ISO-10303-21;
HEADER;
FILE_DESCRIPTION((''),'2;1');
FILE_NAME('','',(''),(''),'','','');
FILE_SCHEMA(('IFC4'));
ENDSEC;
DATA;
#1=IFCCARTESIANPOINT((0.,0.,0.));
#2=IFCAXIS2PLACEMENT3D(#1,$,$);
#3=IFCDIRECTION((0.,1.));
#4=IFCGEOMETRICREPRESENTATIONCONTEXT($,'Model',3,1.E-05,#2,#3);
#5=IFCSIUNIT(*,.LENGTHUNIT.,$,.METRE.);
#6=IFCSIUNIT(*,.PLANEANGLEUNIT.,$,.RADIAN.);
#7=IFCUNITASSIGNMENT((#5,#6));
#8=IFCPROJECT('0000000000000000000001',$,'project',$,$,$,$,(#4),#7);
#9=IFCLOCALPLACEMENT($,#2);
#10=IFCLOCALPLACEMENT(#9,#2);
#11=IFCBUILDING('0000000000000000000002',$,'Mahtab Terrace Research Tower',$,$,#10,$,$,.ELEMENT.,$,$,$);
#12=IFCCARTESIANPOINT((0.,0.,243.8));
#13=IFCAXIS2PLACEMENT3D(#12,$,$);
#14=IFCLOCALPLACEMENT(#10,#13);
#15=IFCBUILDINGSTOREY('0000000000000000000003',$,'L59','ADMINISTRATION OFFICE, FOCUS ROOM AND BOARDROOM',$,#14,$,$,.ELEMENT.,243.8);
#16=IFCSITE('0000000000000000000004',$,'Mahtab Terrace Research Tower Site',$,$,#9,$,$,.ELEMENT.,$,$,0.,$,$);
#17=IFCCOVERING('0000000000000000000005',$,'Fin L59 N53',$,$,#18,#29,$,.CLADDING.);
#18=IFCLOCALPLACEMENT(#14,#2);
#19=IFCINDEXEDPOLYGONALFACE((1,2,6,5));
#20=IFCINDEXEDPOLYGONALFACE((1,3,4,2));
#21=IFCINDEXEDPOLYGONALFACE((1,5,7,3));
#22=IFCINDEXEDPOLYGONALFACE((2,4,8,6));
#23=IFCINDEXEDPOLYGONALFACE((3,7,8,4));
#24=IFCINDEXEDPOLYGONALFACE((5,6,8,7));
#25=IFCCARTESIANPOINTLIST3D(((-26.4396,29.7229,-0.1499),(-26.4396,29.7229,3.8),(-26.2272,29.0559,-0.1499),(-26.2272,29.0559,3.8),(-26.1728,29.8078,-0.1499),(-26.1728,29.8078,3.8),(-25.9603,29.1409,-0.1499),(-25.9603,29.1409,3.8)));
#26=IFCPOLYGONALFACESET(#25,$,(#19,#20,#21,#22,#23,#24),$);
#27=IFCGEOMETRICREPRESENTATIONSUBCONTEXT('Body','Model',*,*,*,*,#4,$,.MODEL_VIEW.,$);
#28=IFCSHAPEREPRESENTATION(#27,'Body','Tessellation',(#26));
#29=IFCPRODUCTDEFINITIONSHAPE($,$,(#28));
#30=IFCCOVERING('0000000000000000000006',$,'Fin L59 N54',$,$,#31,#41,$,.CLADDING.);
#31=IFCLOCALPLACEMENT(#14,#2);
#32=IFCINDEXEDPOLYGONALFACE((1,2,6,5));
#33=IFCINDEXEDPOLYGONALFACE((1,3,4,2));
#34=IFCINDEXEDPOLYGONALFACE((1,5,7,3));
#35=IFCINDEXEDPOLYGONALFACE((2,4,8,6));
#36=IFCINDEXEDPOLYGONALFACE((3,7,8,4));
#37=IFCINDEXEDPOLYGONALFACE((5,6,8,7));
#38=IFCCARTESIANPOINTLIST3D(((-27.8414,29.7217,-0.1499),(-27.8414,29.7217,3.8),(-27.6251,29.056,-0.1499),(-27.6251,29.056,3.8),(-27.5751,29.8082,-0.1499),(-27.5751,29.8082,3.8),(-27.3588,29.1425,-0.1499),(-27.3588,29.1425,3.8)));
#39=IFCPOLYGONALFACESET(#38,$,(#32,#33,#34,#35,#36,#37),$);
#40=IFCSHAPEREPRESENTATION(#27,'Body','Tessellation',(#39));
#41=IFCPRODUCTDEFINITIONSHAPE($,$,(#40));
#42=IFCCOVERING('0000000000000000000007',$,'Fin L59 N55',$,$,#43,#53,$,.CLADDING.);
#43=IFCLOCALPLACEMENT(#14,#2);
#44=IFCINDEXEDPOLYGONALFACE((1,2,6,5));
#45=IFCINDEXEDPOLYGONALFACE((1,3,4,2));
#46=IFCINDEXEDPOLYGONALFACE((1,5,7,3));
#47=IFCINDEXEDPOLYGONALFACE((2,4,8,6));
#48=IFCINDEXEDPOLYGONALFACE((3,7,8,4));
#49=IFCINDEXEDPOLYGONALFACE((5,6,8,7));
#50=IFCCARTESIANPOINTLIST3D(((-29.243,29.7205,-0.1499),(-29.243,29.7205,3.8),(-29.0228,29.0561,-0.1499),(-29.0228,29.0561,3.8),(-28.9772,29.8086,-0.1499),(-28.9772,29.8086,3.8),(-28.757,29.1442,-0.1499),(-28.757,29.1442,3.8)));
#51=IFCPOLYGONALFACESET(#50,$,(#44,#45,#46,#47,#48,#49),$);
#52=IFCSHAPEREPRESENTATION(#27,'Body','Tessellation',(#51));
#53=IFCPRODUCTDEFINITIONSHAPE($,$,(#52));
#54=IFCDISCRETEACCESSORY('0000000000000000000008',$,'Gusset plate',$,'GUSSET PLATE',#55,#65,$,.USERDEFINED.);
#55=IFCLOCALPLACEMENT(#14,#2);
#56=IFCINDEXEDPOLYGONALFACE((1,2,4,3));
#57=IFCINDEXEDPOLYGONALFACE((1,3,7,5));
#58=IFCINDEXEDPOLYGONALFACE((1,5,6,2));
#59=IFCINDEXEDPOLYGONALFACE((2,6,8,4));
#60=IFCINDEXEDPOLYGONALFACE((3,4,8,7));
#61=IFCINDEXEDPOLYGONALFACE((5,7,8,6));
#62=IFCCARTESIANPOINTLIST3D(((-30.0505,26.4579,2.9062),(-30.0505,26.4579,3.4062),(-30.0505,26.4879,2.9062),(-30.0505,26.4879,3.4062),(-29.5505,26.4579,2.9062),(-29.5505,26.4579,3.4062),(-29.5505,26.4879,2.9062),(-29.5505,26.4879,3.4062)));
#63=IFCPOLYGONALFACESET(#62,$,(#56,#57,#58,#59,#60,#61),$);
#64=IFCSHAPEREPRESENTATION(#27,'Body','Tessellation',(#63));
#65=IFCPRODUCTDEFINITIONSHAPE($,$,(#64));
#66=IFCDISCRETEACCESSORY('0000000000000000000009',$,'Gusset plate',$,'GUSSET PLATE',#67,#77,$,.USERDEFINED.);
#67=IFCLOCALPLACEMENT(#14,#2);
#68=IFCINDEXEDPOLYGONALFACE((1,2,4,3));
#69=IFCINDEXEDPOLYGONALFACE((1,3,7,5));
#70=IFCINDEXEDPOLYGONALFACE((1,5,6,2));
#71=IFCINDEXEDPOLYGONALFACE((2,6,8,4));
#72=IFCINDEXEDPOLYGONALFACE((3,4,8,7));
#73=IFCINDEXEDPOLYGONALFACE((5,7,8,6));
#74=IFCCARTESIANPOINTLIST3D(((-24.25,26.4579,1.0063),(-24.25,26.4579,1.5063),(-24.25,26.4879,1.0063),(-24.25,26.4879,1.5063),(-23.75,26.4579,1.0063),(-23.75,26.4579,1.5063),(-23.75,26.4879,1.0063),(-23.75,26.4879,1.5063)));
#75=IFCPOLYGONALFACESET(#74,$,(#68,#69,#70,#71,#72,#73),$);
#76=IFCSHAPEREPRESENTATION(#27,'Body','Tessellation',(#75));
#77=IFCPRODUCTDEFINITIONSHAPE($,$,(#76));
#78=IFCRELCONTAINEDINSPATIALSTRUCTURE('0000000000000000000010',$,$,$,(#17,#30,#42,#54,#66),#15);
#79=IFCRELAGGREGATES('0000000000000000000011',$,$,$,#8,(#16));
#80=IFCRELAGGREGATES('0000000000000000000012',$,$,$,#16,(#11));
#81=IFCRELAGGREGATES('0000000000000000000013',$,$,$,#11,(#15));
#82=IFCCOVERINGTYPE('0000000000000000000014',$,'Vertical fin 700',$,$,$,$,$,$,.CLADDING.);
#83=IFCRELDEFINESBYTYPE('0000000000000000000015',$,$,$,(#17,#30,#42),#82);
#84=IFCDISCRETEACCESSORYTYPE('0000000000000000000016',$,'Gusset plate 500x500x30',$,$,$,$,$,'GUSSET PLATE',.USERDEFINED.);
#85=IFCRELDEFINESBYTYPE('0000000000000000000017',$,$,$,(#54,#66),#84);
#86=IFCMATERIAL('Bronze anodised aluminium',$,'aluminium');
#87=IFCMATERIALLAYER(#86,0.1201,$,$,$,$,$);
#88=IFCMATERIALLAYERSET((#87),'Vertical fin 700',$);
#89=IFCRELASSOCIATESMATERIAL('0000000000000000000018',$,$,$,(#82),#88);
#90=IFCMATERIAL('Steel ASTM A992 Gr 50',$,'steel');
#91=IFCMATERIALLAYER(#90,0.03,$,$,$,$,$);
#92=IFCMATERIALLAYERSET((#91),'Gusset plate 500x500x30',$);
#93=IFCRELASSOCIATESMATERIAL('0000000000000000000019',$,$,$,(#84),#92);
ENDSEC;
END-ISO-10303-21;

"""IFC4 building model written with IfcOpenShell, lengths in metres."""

from ifc_helpers import new_model, si_unit, direction, frame, origin, origin_2d, place, context, subcontext, project, spatial, rectangle, extrude, material, layer, layer_set, type_object, element, save


model = new_model("IFC4")

# Units and contexts
model_context = context("Model", 3, precision=1e-05, world=origin(), true_north=direction((0.0, 1.0)))
body_context = subcontext(model_context, "Body", "Model", "MODEL_VIEW")
ifc_project = project(units=[si_unit("LENGTHUNIT", "METRE"), si_unit("PLANEANGLEUNIT", "RADIAN")], contexts=[model_context])

# Site, building, storey
site_placement = place(None, origin())
site = spatial("IfcSite", under=ifc_project, at=site_placement, Name="Mahtab Terrace Research Tower Site", CompositionType="ELEMENT", RefElevation=0.0)
building_placement = place(site_placement, origin())
building = spatial("IfcBuilding", under=site, at=building_placement, Name="Mahtab Terrace Research Tower", CompositionType="ELEMENT")
storey_placement = place(building_placement, frame((0.0, 0.0, 243.8)))
storey = spatial("IfcBuildingStorey", under=building, at=storey_placement, Name="L59", Description="ADMINISTRATION OFFICE, FOCUS ROOM AND BOARDROOM", CompositionType="ELEMENT", Elevation=243.8)

# Shared definitions
ifc_material_1 = material(Name="Steel ASTM A992 Gr 50", Category="steel")

# Coverings
ifc_material_2 = material(Name="Bronze anodised aluminium", Category="aluminium")
ifc_layer_1 = layer(ifc_material_2, 0.1201)
ifc_layer_set_1 = layer_set([ifc_layer_1], Name="Vertical fin 700")
covering_type = type_object("IfcCoveringType", Name="Vertical fin 700", PredefinedType="CLADDING", material=ifc_layer_set_1)
for number, where, z_axis, x_axis, name in (
    (1, (-26.2, 29.4319, -0.1499), (0.0, 0.0, 1.0), (-0.952838, -0.303479, 0.0), "Fin L59 N53"),
    (2, (-27.6001, 29.4321, -0.1499), (0.0, 0.0, 1.0), (-0.951057, -0.309017, 0.0), "Fin L59 N54"),
    (3, (-29.0, 29.4324, -0.1499), (0.0, 0.0, 1.0), (-0.949243, -0.314545, 0.0), "Fin L59 N55"),
):
    element("IfcCovering", number, at=place(storey_placement, frame(where, z_axis=z_axis, x_axis=x_axis)), inside=storey, type_object=covering_type, Name=name, PredefinedType="CLADDING", context=body_context, shape_type="SweptSolid", body=[
        extrude(rectangle(XDim=0.28, YDim=0.7, at=origin_2d()), origin(), (0.0, 0.0, 1.0), 3.95),
    ])

# Discrete accessories
ifc_layer_2 = layer(ifc_material_1, 0.03)
ifc_layer_set_2 = layer_set([ifc_layer_2], Name="Gusset plate 500x500x30")
discrete_accessory_type = type_object("IfcDiscreteAccessoryType", Name="Gusset plate 500x500x30", ElementType="GUSSET PLATE", PredefinedType="USERDEFINED", material=ifc_layer_set_2)
for number, where, z_axis, x_axis, name in (
    (4, (-29.8005, 26.4729, 2.9062), (0.0, 0.0, 1.0), (1.0, 0.0, 0.0), "Gusset plate"),
    (5, (-24.0, 26.4729, 1.0063), (0.0, 0.0, 1.0), (1.0, 0.0, 0.0), "Gusset plate"),
):
    element("IfcDiscreteAccessory", number, at=place(storey_placement, frame(where, z_axis=z_axis, x_axis=x_axis)), inside=storey, type_object=discrete_accessory_type, Name=name, ObjectType="GUSSET PLATE", PredefinedType="USERDEFINED", context=body_context, shape_type="SweptSolid", body=[
        extrude(rectangle(XDim=0.5, YDim=0.03, at=origin_2d()), origin(), (0.0, 0.0, 1.0), 0.5),
    ])

save(model, "model.ifc")
